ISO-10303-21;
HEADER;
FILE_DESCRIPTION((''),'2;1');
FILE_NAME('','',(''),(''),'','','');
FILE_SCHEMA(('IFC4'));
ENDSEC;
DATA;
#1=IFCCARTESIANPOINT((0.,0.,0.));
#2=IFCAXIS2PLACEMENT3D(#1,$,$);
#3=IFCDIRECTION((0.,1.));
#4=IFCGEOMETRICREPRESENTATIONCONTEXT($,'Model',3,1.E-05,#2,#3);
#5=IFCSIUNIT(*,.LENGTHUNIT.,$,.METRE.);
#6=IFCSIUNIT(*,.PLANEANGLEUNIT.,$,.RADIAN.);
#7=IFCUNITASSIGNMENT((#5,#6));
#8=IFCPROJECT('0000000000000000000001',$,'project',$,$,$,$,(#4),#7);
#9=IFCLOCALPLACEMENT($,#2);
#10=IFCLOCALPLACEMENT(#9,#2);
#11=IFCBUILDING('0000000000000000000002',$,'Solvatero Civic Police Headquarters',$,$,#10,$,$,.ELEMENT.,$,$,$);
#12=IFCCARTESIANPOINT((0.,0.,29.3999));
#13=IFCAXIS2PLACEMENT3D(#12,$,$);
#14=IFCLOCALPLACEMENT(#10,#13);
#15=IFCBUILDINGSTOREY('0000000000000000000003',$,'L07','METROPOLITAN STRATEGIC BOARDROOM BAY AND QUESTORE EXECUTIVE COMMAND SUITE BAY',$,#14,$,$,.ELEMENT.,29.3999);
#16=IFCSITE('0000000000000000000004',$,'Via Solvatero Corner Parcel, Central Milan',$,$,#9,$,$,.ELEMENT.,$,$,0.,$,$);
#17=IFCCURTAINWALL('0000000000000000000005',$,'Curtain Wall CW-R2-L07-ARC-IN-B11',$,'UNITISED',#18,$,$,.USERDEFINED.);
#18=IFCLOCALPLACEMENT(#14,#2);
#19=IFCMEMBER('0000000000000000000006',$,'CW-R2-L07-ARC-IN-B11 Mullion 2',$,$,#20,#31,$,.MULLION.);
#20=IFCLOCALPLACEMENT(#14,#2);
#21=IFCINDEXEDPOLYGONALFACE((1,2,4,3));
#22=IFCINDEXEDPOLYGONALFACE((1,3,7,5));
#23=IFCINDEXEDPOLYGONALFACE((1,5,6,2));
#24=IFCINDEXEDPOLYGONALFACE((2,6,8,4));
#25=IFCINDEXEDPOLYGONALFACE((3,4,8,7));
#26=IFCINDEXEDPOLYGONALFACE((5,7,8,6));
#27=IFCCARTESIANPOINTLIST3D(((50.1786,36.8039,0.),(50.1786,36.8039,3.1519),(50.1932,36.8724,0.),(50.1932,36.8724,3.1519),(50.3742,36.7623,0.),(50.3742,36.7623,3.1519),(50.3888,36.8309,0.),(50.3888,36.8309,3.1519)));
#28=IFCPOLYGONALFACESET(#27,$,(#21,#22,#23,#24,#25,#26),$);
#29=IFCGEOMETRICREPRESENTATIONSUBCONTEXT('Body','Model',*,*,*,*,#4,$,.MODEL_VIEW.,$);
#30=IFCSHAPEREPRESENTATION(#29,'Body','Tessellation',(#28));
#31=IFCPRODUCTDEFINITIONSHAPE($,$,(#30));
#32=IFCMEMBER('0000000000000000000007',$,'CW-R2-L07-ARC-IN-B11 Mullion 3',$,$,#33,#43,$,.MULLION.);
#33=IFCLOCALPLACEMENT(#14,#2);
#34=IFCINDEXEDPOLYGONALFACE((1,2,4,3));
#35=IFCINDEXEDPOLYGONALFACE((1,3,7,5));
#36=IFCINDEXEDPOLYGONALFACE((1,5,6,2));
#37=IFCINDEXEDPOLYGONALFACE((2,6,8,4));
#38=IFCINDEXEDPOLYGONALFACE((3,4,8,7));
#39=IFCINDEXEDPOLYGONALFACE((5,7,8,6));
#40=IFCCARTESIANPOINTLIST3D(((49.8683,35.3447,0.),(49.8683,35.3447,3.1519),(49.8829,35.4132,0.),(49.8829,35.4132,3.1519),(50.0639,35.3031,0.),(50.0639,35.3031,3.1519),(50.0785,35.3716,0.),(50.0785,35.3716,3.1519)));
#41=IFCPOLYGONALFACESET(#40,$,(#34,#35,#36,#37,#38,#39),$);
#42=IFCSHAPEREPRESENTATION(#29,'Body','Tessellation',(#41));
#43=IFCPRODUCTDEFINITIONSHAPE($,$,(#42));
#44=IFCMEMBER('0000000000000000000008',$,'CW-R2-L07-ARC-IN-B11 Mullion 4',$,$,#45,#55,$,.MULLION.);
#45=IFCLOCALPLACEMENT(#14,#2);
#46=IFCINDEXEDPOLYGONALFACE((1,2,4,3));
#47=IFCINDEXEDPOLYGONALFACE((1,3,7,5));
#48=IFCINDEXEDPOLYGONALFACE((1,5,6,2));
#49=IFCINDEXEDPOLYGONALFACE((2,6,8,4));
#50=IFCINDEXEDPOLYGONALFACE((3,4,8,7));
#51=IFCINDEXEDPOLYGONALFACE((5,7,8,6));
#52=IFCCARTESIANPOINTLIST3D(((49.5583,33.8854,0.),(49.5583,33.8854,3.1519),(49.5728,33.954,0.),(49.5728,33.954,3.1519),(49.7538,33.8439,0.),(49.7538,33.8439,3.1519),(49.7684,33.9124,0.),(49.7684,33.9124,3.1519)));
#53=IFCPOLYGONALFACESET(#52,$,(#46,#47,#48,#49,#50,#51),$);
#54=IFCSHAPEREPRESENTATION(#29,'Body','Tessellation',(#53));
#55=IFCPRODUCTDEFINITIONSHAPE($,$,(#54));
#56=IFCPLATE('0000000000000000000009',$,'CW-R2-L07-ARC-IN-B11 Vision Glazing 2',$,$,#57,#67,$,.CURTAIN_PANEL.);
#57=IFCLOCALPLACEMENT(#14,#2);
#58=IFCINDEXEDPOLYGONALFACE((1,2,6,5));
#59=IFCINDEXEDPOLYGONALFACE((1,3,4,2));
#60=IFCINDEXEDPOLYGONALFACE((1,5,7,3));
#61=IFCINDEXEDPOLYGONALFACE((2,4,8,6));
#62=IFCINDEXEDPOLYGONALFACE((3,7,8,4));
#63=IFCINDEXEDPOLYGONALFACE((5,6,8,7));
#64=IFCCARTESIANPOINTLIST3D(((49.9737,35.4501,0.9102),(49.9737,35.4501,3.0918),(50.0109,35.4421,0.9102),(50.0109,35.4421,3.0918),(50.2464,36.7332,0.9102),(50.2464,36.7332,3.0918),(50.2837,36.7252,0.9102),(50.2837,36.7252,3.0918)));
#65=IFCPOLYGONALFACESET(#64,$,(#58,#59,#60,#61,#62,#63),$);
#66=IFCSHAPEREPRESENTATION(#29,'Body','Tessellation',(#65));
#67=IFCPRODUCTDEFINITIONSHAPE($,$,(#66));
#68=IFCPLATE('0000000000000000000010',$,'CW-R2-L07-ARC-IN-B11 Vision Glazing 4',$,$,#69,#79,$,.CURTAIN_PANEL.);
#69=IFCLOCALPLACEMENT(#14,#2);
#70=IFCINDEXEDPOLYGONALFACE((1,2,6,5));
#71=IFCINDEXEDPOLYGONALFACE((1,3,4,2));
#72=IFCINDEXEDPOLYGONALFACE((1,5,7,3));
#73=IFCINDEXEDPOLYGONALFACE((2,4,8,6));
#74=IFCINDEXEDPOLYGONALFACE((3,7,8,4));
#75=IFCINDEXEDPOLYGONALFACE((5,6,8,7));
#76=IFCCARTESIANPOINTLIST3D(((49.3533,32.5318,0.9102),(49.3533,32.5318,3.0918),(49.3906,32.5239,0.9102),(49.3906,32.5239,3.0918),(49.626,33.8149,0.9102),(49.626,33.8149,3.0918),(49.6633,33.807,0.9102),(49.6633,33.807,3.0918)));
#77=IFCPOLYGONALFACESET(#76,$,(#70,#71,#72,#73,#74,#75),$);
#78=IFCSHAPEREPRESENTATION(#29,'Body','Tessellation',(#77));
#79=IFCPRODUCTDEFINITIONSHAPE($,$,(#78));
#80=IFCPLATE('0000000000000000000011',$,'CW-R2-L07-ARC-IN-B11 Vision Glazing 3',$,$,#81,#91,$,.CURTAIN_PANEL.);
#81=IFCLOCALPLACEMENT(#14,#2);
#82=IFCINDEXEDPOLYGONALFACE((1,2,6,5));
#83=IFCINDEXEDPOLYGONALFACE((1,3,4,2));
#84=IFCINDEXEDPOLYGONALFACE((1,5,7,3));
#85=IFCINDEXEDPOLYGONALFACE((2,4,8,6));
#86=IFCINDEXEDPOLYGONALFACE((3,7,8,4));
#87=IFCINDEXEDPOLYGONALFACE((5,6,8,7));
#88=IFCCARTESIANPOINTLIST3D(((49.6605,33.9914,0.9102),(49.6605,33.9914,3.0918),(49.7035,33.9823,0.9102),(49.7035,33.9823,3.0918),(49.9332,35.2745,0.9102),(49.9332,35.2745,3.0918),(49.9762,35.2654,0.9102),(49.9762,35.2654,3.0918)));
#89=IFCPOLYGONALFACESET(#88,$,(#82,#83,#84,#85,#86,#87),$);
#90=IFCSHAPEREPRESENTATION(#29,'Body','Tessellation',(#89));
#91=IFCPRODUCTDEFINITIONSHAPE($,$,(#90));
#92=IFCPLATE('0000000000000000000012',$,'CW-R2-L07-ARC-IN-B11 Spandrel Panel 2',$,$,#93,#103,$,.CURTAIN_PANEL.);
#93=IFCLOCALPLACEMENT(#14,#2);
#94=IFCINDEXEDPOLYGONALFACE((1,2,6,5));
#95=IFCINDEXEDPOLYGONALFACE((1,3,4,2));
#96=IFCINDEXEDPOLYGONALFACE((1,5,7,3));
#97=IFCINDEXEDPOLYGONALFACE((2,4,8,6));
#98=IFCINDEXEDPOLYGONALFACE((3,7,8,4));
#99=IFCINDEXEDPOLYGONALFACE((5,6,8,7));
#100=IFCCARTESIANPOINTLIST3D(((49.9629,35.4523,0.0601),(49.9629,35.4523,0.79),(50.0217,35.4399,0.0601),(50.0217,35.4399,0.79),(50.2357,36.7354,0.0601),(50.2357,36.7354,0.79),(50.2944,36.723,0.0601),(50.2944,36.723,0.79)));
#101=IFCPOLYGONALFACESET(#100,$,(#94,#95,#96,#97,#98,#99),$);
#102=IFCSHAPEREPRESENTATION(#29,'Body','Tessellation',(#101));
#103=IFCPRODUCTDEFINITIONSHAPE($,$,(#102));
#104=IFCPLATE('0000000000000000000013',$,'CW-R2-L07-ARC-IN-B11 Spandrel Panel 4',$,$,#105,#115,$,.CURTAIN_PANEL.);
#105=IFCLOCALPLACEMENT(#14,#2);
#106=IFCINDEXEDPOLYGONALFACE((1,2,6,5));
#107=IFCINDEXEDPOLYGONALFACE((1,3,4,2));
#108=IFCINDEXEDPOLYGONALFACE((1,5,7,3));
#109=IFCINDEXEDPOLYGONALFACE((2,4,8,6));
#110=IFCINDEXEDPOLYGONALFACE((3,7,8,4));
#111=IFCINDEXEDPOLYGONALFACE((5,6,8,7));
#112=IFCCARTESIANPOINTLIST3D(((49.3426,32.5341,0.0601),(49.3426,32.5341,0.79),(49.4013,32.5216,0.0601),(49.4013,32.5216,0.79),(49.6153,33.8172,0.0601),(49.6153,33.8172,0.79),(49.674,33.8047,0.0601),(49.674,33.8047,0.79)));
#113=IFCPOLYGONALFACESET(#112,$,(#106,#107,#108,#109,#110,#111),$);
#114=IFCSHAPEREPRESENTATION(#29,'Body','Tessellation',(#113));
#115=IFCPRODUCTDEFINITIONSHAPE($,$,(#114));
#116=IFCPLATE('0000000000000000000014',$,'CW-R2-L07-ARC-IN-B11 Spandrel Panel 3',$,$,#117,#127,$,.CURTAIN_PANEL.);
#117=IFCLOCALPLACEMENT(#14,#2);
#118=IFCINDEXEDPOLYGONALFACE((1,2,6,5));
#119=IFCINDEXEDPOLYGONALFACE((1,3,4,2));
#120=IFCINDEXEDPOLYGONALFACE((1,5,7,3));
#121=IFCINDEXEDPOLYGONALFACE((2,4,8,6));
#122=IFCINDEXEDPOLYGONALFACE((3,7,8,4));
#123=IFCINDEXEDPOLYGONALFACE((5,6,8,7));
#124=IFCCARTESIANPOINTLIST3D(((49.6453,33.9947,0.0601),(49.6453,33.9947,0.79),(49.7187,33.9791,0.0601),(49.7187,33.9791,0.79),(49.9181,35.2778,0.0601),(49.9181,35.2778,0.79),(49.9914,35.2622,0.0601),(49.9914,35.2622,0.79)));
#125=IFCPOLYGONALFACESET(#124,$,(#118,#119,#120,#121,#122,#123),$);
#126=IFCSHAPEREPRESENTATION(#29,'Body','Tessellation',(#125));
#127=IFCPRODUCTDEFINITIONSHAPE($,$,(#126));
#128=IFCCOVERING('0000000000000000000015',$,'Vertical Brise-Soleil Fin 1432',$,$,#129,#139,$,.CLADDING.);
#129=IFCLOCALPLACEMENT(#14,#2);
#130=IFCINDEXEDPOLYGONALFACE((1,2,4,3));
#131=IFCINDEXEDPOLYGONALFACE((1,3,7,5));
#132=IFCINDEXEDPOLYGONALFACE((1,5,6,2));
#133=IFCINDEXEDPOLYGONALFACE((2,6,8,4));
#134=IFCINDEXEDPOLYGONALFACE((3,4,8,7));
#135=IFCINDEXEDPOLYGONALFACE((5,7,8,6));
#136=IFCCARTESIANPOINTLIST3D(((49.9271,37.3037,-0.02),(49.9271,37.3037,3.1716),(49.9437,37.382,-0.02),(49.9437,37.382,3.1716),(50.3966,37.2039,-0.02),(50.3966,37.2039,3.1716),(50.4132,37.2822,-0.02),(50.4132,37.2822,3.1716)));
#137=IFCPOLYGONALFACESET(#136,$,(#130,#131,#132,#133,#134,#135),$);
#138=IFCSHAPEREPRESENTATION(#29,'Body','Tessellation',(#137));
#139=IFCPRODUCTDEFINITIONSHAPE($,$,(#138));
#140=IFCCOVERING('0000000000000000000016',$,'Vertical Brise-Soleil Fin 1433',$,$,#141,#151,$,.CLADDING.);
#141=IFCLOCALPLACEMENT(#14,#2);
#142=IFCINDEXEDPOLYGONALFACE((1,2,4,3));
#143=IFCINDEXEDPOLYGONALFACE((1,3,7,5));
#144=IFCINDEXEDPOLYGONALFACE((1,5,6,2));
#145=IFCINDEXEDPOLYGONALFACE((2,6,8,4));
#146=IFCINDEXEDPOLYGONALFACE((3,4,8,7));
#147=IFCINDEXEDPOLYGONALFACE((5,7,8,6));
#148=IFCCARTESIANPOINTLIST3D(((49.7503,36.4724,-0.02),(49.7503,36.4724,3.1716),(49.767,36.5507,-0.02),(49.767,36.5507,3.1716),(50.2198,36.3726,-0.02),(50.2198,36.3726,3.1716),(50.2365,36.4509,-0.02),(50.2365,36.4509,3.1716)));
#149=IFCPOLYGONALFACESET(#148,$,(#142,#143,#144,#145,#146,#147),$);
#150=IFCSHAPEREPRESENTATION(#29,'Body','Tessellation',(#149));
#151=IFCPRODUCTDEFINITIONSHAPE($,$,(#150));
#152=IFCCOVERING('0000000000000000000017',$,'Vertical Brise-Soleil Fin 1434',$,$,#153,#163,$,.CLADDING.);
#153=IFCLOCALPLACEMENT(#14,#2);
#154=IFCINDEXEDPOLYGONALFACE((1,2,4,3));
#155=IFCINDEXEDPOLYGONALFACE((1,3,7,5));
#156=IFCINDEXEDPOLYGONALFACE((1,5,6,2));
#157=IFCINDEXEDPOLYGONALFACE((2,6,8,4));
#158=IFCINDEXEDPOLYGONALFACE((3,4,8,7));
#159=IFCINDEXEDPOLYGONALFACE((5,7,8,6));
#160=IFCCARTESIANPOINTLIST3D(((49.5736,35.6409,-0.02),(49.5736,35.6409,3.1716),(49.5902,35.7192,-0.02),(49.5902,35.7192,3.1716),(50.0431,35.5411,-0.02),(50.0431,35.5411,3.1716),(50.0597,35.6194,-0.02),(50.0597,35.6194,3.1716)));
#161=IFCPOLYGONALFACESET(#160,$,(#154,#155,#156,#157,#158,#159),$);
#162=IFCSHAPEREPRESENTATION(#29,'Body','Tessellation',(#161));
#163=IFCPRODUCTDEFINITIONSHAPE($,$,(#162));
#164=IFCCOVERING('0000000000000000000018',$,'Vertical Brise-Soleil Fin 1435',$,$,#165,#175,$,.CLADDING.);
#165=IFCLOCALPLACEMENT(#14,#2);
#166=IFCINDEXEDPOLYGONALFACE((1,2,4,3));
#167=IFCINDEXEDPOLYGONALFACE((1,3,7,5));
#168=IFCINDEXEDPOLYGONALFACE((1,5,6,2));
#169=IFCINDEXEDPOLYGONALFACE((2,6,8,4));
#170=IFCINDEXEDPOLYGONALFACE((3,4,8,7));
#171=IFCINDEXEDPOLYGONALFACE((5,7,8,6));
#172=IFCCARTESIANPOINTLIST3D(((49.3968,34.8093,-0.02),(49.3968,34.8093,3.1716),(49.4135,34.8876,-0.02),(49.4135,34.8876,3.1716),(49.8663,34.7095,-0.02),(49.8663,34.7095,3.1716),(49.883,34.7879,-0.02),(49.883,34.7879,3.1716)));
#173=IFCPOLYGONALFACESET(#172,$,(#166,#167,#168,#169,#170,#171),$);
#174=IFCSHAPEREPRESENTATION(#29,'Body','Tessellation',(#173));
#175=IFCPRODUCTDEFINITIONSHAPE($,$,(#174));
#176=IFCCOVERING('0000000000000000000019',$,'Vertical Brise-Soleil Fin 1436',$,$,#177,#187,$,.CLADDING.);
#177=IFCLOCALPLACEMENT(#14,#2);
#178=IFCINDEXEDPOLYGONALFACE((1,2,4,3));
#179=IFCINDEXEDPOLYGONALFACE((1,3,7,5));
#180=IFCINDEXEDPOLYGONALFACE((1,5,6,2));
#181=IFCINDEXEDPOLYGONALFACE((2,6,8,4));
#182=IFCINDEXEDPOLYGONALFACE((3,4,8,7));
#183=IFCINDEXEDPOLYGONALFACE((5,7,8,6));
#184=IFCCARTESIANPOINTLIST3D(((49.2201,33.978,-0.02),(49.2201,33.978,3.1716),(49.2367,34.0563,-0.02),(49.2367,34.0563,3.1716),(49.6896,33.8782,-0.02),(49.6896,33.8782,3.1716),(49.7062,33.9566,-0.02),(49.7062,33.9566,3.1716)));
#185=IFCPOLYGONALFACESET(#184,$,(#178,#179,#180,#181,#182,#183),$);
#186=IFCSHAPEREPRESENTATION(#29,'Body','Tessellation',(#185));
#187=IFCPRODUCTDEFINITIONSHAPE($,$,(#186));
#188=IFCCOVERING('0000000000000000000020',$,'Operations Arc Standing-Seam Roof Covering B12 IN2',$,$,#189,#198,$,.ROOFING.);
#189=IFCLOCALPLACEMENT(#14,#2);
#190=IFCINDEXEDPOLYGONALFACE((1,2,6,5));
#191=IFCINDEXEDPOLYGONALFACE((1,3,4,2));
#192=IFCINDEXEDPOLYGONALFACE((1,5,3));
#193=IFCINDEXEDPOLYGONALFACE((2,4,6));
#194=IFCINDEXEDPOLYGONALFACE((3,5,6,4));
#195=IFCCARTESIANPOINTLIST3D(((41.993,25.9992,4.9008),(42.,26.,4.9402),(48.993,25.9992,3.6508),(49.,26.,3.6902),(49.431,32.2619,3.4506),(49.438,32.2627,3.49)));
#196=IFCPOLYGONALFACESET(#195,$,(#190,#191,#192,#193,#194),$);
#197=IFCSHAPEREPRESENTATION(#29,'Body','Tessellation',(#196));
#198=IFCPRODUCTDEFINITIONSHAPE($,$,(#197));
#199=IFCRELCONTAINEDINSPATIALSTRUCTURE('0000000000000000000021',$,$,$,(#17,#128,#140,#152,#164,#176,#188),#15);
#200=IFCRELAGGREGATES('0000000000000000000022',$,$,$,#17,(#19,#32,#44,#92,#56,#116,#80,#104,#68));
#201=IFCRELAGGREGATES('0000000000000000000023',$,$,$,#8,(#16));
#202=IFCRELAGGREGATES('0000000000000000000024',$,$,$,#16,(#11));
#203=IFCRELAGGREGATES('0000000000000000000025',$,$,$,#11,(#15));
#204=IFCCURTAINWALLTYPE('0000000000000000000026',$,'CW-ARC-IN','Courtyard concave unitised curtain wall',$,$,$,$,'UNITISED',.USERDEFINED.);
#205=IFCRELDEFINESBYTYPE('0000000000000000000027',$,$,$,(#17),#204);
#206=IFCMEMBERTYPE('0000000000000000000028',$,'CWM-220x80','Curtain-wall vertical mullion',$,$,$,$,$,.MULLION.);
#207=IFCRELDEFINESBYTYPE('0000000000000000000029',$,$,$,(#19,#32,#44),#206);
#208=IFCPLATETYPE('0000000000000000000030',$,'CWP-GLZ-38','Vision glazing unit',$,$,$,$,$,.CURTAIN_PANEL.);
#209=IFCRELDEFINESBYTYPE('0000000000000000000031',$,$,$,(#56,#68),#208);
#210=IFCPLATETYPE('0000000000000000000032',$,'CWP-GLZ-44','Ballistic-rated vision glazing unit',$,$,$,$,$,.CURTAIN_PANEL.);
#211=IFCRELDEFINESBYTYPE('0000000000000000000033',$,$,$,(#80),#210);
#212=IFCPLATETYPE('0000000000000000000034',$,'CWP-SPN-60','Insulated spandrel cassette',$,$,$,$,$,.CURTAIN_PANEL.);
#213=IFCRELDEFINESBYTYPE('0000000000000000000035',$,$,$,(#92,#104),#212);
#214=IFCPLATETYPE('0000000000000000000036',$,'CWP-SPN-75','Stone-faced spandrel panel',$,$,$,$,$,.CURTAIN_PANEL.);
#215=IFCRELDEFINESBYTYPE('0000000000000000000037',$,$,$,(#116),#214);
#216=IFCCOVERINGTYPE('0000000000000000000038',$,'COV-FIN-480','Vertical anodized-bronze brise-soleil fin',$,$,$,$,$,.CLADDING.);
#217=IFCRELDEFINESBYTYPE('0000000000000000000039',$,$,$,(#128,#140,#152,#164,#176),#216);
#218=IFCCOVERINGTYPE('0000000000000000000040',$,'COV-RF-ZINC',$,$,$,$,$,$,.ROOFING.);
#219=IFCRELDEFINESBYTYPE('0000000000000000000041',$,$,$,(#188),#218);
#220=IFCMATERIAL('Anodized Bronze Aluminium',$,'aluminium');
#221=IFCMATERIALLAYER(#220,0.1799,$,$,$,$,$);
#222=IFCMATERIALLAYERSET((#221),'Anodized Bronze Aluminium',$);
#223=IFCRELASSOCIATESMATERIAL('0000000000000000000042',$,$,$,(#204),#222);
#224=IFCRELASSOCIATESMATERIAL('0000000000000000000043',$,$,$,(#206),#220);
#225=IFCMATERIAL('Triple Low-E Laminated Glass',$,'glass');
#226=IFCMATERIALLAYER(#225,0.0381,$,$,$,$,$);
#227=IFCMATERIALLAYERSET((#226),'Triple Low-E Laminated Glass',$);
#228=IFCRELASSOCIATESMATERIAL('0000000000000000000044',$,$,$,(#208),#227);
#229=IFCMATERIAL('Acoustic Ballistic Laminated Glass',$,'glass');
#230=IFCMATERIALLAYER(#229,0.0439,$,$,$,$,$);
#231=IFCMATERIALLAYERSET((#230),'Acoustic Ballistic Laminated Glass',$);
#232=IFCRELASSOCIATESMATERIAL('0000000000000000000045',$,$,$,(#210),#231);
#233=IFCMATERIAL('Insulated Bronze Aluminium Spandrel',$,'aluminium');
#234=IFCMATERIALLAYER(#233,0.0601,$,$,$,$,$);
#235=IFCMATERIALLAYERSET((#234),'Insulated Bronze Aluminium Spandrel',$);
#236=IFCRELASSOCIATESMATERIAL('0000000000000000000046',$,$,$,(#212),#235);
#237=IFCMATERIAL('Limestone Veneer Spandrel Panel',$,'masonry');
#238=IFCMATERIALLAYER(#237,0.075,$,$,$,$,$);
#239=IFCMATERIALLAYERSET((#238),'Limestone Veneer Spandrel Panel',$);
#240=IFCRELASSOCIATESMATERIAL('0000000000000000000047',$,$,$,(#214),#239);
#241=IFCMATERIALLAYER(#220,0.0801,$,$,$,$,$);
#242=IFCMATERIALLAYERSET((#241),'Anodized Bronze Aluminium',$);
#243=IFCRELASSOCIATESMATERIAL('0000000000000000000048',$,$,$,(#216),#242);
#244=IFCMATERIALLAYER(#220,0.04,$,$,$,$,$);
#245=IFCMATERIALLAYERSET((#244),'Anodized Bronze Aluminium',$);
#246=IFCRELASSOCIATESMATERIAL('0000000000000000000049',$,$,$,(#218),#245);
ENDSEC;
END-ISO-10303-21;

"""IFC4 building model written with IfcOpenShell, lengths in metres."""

from ifc_helpers import new_model, si_unit, direction, frame, origin, origin_2d, place, context, subcontext, project, spatial, polyline, rectangle, outline, extrude, material, layer, layer_set, material_profile, profile_set, type_object, element, aggregate, save


model = new_model("IFC4")

# Units and contexts
model_context = context("Model", 3, precision=1e-05, world=origin(), true_north=direction((0.0, 1.0)))
body_context = subcontext(model_context, "Body", "Model", "MODEL_VIEW")
ifc_project = project(units=[si_unit("LENGTHUNIT", "METRE"), si_unit("PLANEANGLEUNIT", "RADIAN")], contexts=[model_context])

# Site, building, storey
site_placement = place(None, origin())
site = spatial("IfcSite", under=ifc_project, at=site_placement, Name="Via Solvatero Corner Parcel, Central Milan", CompositionType="ELEMENT", RefElevation=0.0)
building_placement = place(site_placement, origin())
building = spatial("IfcBuilding", under=site, at=building_placement, Name="Solvatero Civic Police Headquarters", CompositionType="ELEMENT")
storey_placement = place(building_placement, frame((0.0, 0.0, 29.3999)))
storey = spatial("IfcBuildingStorey", under=building, at=storey_placement, Name="L07", Description="METROPOLITAN STRATEGIC BOARDROOM BAY AND QUESTORE EXECUTIVE COMMAND SUITE BAY", CompositionType="ELEMENT", Elevation=29.3999)

# Curtain wall, members, plates
ifc_material_1 = material(Name="Anodized Bronze Aluminium", Category="aluminium")
ifc_layer_1 = layer(ifc_material_1, 0.1799)
ifc_layer_set_1 = layer_set([ifc_layer_1], Name="Anodized Bronze Aluminium")
curtain_wall_type = type_object("IfcCurtainWallType", Name="CW-ARC-IN", Description="Courtyard concave unitised curtain wall", ElementType="UNITISED", PredefinedType="USERDEFINED", material=ifc_layer_set_1)
curtain_wall_placement = place(storey_placement, origin())
curtain_wall = element("IfcCurtainWall", 1, at=curtain_wall_placement, inside=storey, type_object=curtain_wall_type, Name="Curtain Wall CW-R2-L07-ARC-IN-B11", ObjectType="UNITISED", PredefinedType="USERDEFINED")
ifc_material_profile = material_profile(ifc_material_1, rectangle(XDim=0.0701, YDim=0.2, at=origin_2d()), Name="ALU MULLION 70x200")
ifc_profile_set = profile_set([ifc_material_profile], Name="Anodized Bronze Aluminium")
member_type = type_object("IfcMemberType", Name="CWM-220x80", Description="Curtain-wall vertical mullion", PredefinedType="MULLION", material=ifc_profile_set)
member_1_placement = place(storey_placement, frame((50.2837, 36.8174, 0.0), z_axis=(0.0, 0.0, 1.0), x_axis=(-0.207912, -0.978148, 0.0)))
member_1 = element("IfcMember", 2, at=member_1_placement, type_object=member_type, Name="CW-R2-L07-ARC-IN-B11 Mullion 2", PredefinedType="MULLION", context=body_context, shape_type="SweptSolid", body=[
    extrude(rectangle(XDim=0.0701, YDim=0.2, at=origin_2d()), origin(), (0.0, 0.0, 1.0), 3.1519),
])
member_2_placement = place(storey_placement, frame((49.9734, 35.3582, 0.0), z_axis=(0.0, 0.0, 1.0), x_axis=(-0.207912, -0.978148, 0.0)))
member_2 = element("IfcMember", 3, at=member_2_placement, type_object=member_type, Name="CW-R2-L07-ARC-IN-B11 Mullion 3", PredefinedType="MULLION", context=body_context, shape_type="SweptSolid", body=[
    extrude(rectangle(XDim=0.0701, YDim=0.2, at=origin_2d()), origin(), (0.0, 0.0, 1.0), 3.1519),
])
member_3_placement = place(storey_placement, frame((49.6633, 33.8989, 0.0), z_axis=(0.0, 0.0, 1.0), x_axis=(-0.207912, -0.978148, 0.0)))
member_3 = element("IfcMember", 4, at=member_3_placement, type_object=member_type, Name="CW-R2-L07-ARC-IN-B11 Mullion 4", PredefinedType="MULLION", context=body_context, shape_type="SweptSolid", body=[
    extrude(rectangle(XDim=0.0701, YDim=0.2, at=origin_2d()), origin(), (0.0, 0.0, 1.0), 3.1519),
])
ifc_material_2 = material(Name="Triple Low-E Laminated Glass", Category="glass")
ifc_layer_2 = layer(ifc_material_2, 0.0381)
ifc_layer_set_2 = layer_set([ifc_layer_2], Name="Triple Low-E Laminated Glass")
plate_type_1 = type_object("IfcPlateType", Name="CWP-GLZ-38", Description="Vision glazing unit", PredefinedType="CURTAIN_PANEL", material=ifc_layer_set_2)
plate_1_placement = place(storey_placement, frame((50.1287, 36.0876, 0.9102), z_axis=(0.0, 0.0, 1.0), x_axis=(-0.207912, -0.978148, 0.0)))
plate_1 = element("IfcPlate", 5, at=plate_1_placement, type_object=plate_type_1, Name="CW-R2-L07-ARC-IN-B11 Vision Glazing 2", PredefinedType="CURTAIN_PANEL", context=body_context, shape_type="SweptSolid", body=[
    extrude(rectangle(XDim=1.3118, YDim=0.0381, at=origin_2d()), origin(), (0.0, 0.0, 1.0), 2.1816),
])
plate_2_placement = place(storey_placement, frame((49.5083, 33.1694, 0.9102), z_axis=(0.0, 0.0, 1.0), x_axis=(-0.207912, -0.978148, 0.0)))
plate_2 = element("IfcPlate", 6, at=plate_2_placement, type_object=plate_type_1, Name="CW-R2-L07-ARC-IN-B11 Vision Glazing 4", PredefinedType="CURTAIN_PANEL", context=body_context, shape_type="SweptSolid", body=[
    extrude(rectangle(XDim=1.3118, YDim=0.0381, at=origin_2d()), origin(), (0.0, 0.0, 1.0), 2.1816),
])
ifc_material_3 = material(Name="Acoustic Ballistic Laminated Glass", Category="glass")
ifc_layer_3 = layer(ifc_material_3, 0.0439)
ifc_layer_set_3 = layer_set([ifc_layer_3], Name="Acoustic Ballistic Laminated Glass")
plate_type_2 = type_object("IfcPlateType", Name="CWP-GLZ-44", Description="Ballistic-rated vision glazing unit", PredefinedType="CURTAIN_PANEL", material=ifc_layer_set_3)
plate_3_placement = place(storey_placement, frame((49.8184, 34.6284, 0.9102), z_axis=(0.0, 0.0, 1.0), x_axis=(-0.207912, -0.978148, 0.0)))
plate_3 = element("IfcPlate", 7, at=plate_3_placement, type_object=plate_type_2, Name="CW-R2-L07-ARC-IN-B11 Vision Glazing 3", PredefinedType="CURTAIN_PANEL", context=body_context, shape_type="SweptSolid", body=[
    extrude(rectangle(XDim=1.3118, YDim=0.0439, at=origin_2d()), origin(), (0.0, 0.0, 1.0), 2.1816),
])
ifc_material_4 = material(Name="Insulated Bronze Aluminium Spandrel", Category="aluminium")
ifc_layer_4 = layer(ifc_material_4, 0.0601)
ifc_layer_set_4 = layer_set([ifc_layer_4], Name="Insulated Bronze Aluminium Spandrel")
plate_type_3 = type_object("IfcPlateType", Name="CWP-SPN-60", Description="Insulated spandrel cassette", PredefinedType="CURTAIN_PANEL", material=ifc_layer_set_4)
plate_4_placement = place(storey_placement, frame((50.1287, 36.0876, 0.0601), z_axis=(0.0, 0.0, 1.0), x_axis=(-0.207912, -0.978148, 0.0)))
plate_4 = element("IfcPlate", 8, at=plate_4_placement, type_object=plate_type_3, Name="CW-R2-L07-ARC-IN-B11 Spandrel Panel 2", PredefinedType="CURTAIN_PANEL", context=body_context, shape_type="SweptSolid", body=[
    extrude(rectangle(XDim=1.3118, YDim=0.0601, at=origin_2d()), origin(), (0.0, 0.0, 1.0), 0.73),
])
plate_5_placement = place(storey_placement, frame((49.5083, 33.1694, 0.0601), z_axis=(0.0, 0.0, 1.0), x_axis=(-0.207912, -0.978148, 0.0)))
plate_5 = element("IfcPlate", 9, at=plate_5_placement, type_object=plate_type_3, Name="CW-R2-L07-ARC-IN-B11 Spandrel Panel 4", PredefinedType="CURTAIN_PANEL", context=body_context, shape_type="SweptSolid", body=[
    extrude(rectangle(XDim=1.3118, YDim=0.0601, at=origin_2d()), origin(), (0.0, 0.0, 1.0), 0.73),
])
ifc_material_5 = material(Name="Limestone Veneer Spandrel Panel", Category="masonry")
ifc_layer_5 = layer(ifc_material_5, 0.075)
ifc_layer_set_5 = layer_set([ifc_layer_5], Name="Limestone Veneer Spandrel Panel")
plate_type_4 = type_object("IfcPlateType", Name="CWP-SPN-75", Description="Stone-faced spandrel panel", PredefinedType="CURTAIN_PANEL", material=ifc_layer_set_5)
plate_6_placement = place(storey_placement, frame((49.8184, 34.6284, 0.0601), z_axis=(0.0, 0.0, 1.0), x_axis=(-0.207912, -0.978148, 0.0)))
plate_6 = element("IfcPlate", 10, at=plate_6_placement, type_object=plate_type_4, Name="CW-R2-L07-ARC-IN-B11 Spandrel Panel 3", PredefinedType="CURTAIN_PANEL", context=body_context, shape_type="SweptSolid", body=[
    extrude(rectangle(XDim=1.3118, YDim=0.075, at=origin_2d()), origin(), (0.0, 0.0, 1.0), 0.73),
])
aggregate(curtain_wall, [member_1, member_2, member_3, plate_4, plate_1, plate_6, plate_3, plate_5, plate_2])

# Coverings
ifc_layer_6 = layer(ifc_material_1, 0.0801)
ifc_layer_set_6 = layer_set([ifc_layer_6], Name="Anodized Bronze Aluminium")
covering_type_1 = type_object("IfcCoveringType", Name="COV-FIN-480", Description="Vertical anodized-bronze brise-soleil fin", PredefinedType="CLADDING", material=ifc_layer_set_6)
for number, where, z_axis, x_axis, name in (
    (11, (50.1702, 37.293, -0.02), (0.0, 0.0, 1.0), (-0.207912, -0.978148, 0.0), "Vertical Brise-Soleil Fin 1432"),
    (12, (49.9934, 36.4617, -0.02), (0.0, 0.0, 1.0), (-0.207912, -0.978148, 0.0), "Vertical Brise-Soleil Fin 1433"),
    (13, (49.8167, 35.6301, -0.02), (0.0, 0.0, 1.0), (-0.207912, -0.978148, 0.0), "Vertical Brise-Soleil Fin 1434"),
    (14, (49.6399, 34.7986, -0.02), (0.0, 0.0, 1.0), (-0.207912, -0.978148, 0.0), "Vertical Brise-Soleil Fin 1435"),
    (15, (49.4631, 33.9673, -0.02), (0.0, 0.0, 1.0), (-0.207912, -0.978148, 0.0), "Vertical Brise-Soleil Fin 1436"),
):
    element("IfcCovering", number, at=place(storey_placement, frame(where, z_axis=z_axis, x_axis=x_axis)), inside=storey, type_object=covering_type_1, Name=name, PredefinedType="CLADDING", context=body_context, shape_type="SweptSolid", body=[
        extrude(rectangle(XDim=0.0801, YDim=0.48, at=origin_2d()), origin(), (0.0, 0.0, 1.0), 3.1917),
    ])
ifc_layer_7 = layer(ifc_material_1, 0.04)
ifc_layer_set_7 = layer_set([ifc_layer_7], Name="Anodized Bronze Aluminium")
covering_type_2 = type_object("IfcCoveringType", Name="COV-RF-ZINC", PredefinedType="ROOFING", material=ifc_layer_set_7)
covering_placement = place(storey_placement, frame((49.438, 32.2627, 3.49), z_axis=(0.175758, 0.019171, 0.984247), x_axis=(-0.756587, -0.637037, 0.147513)))
element("IfcCovering", 16, at=covering_placement, inside=storey, type_object=covering_type_2, Name="Operations Arc Standing-Seam Roof Covering B12 IN2", PredefinedType="ROOFING", context=body_context, shape_type="SweptSolid", body=[
    extrude(outline(polyline([(0.0, 0.0), (9.831, 0.0), (4.3505, 4.5306), (0.0, 0.0)])), origin(), (0.0, 0.0, -1.0), 0.04),
])

save(model, "model.ifc")
